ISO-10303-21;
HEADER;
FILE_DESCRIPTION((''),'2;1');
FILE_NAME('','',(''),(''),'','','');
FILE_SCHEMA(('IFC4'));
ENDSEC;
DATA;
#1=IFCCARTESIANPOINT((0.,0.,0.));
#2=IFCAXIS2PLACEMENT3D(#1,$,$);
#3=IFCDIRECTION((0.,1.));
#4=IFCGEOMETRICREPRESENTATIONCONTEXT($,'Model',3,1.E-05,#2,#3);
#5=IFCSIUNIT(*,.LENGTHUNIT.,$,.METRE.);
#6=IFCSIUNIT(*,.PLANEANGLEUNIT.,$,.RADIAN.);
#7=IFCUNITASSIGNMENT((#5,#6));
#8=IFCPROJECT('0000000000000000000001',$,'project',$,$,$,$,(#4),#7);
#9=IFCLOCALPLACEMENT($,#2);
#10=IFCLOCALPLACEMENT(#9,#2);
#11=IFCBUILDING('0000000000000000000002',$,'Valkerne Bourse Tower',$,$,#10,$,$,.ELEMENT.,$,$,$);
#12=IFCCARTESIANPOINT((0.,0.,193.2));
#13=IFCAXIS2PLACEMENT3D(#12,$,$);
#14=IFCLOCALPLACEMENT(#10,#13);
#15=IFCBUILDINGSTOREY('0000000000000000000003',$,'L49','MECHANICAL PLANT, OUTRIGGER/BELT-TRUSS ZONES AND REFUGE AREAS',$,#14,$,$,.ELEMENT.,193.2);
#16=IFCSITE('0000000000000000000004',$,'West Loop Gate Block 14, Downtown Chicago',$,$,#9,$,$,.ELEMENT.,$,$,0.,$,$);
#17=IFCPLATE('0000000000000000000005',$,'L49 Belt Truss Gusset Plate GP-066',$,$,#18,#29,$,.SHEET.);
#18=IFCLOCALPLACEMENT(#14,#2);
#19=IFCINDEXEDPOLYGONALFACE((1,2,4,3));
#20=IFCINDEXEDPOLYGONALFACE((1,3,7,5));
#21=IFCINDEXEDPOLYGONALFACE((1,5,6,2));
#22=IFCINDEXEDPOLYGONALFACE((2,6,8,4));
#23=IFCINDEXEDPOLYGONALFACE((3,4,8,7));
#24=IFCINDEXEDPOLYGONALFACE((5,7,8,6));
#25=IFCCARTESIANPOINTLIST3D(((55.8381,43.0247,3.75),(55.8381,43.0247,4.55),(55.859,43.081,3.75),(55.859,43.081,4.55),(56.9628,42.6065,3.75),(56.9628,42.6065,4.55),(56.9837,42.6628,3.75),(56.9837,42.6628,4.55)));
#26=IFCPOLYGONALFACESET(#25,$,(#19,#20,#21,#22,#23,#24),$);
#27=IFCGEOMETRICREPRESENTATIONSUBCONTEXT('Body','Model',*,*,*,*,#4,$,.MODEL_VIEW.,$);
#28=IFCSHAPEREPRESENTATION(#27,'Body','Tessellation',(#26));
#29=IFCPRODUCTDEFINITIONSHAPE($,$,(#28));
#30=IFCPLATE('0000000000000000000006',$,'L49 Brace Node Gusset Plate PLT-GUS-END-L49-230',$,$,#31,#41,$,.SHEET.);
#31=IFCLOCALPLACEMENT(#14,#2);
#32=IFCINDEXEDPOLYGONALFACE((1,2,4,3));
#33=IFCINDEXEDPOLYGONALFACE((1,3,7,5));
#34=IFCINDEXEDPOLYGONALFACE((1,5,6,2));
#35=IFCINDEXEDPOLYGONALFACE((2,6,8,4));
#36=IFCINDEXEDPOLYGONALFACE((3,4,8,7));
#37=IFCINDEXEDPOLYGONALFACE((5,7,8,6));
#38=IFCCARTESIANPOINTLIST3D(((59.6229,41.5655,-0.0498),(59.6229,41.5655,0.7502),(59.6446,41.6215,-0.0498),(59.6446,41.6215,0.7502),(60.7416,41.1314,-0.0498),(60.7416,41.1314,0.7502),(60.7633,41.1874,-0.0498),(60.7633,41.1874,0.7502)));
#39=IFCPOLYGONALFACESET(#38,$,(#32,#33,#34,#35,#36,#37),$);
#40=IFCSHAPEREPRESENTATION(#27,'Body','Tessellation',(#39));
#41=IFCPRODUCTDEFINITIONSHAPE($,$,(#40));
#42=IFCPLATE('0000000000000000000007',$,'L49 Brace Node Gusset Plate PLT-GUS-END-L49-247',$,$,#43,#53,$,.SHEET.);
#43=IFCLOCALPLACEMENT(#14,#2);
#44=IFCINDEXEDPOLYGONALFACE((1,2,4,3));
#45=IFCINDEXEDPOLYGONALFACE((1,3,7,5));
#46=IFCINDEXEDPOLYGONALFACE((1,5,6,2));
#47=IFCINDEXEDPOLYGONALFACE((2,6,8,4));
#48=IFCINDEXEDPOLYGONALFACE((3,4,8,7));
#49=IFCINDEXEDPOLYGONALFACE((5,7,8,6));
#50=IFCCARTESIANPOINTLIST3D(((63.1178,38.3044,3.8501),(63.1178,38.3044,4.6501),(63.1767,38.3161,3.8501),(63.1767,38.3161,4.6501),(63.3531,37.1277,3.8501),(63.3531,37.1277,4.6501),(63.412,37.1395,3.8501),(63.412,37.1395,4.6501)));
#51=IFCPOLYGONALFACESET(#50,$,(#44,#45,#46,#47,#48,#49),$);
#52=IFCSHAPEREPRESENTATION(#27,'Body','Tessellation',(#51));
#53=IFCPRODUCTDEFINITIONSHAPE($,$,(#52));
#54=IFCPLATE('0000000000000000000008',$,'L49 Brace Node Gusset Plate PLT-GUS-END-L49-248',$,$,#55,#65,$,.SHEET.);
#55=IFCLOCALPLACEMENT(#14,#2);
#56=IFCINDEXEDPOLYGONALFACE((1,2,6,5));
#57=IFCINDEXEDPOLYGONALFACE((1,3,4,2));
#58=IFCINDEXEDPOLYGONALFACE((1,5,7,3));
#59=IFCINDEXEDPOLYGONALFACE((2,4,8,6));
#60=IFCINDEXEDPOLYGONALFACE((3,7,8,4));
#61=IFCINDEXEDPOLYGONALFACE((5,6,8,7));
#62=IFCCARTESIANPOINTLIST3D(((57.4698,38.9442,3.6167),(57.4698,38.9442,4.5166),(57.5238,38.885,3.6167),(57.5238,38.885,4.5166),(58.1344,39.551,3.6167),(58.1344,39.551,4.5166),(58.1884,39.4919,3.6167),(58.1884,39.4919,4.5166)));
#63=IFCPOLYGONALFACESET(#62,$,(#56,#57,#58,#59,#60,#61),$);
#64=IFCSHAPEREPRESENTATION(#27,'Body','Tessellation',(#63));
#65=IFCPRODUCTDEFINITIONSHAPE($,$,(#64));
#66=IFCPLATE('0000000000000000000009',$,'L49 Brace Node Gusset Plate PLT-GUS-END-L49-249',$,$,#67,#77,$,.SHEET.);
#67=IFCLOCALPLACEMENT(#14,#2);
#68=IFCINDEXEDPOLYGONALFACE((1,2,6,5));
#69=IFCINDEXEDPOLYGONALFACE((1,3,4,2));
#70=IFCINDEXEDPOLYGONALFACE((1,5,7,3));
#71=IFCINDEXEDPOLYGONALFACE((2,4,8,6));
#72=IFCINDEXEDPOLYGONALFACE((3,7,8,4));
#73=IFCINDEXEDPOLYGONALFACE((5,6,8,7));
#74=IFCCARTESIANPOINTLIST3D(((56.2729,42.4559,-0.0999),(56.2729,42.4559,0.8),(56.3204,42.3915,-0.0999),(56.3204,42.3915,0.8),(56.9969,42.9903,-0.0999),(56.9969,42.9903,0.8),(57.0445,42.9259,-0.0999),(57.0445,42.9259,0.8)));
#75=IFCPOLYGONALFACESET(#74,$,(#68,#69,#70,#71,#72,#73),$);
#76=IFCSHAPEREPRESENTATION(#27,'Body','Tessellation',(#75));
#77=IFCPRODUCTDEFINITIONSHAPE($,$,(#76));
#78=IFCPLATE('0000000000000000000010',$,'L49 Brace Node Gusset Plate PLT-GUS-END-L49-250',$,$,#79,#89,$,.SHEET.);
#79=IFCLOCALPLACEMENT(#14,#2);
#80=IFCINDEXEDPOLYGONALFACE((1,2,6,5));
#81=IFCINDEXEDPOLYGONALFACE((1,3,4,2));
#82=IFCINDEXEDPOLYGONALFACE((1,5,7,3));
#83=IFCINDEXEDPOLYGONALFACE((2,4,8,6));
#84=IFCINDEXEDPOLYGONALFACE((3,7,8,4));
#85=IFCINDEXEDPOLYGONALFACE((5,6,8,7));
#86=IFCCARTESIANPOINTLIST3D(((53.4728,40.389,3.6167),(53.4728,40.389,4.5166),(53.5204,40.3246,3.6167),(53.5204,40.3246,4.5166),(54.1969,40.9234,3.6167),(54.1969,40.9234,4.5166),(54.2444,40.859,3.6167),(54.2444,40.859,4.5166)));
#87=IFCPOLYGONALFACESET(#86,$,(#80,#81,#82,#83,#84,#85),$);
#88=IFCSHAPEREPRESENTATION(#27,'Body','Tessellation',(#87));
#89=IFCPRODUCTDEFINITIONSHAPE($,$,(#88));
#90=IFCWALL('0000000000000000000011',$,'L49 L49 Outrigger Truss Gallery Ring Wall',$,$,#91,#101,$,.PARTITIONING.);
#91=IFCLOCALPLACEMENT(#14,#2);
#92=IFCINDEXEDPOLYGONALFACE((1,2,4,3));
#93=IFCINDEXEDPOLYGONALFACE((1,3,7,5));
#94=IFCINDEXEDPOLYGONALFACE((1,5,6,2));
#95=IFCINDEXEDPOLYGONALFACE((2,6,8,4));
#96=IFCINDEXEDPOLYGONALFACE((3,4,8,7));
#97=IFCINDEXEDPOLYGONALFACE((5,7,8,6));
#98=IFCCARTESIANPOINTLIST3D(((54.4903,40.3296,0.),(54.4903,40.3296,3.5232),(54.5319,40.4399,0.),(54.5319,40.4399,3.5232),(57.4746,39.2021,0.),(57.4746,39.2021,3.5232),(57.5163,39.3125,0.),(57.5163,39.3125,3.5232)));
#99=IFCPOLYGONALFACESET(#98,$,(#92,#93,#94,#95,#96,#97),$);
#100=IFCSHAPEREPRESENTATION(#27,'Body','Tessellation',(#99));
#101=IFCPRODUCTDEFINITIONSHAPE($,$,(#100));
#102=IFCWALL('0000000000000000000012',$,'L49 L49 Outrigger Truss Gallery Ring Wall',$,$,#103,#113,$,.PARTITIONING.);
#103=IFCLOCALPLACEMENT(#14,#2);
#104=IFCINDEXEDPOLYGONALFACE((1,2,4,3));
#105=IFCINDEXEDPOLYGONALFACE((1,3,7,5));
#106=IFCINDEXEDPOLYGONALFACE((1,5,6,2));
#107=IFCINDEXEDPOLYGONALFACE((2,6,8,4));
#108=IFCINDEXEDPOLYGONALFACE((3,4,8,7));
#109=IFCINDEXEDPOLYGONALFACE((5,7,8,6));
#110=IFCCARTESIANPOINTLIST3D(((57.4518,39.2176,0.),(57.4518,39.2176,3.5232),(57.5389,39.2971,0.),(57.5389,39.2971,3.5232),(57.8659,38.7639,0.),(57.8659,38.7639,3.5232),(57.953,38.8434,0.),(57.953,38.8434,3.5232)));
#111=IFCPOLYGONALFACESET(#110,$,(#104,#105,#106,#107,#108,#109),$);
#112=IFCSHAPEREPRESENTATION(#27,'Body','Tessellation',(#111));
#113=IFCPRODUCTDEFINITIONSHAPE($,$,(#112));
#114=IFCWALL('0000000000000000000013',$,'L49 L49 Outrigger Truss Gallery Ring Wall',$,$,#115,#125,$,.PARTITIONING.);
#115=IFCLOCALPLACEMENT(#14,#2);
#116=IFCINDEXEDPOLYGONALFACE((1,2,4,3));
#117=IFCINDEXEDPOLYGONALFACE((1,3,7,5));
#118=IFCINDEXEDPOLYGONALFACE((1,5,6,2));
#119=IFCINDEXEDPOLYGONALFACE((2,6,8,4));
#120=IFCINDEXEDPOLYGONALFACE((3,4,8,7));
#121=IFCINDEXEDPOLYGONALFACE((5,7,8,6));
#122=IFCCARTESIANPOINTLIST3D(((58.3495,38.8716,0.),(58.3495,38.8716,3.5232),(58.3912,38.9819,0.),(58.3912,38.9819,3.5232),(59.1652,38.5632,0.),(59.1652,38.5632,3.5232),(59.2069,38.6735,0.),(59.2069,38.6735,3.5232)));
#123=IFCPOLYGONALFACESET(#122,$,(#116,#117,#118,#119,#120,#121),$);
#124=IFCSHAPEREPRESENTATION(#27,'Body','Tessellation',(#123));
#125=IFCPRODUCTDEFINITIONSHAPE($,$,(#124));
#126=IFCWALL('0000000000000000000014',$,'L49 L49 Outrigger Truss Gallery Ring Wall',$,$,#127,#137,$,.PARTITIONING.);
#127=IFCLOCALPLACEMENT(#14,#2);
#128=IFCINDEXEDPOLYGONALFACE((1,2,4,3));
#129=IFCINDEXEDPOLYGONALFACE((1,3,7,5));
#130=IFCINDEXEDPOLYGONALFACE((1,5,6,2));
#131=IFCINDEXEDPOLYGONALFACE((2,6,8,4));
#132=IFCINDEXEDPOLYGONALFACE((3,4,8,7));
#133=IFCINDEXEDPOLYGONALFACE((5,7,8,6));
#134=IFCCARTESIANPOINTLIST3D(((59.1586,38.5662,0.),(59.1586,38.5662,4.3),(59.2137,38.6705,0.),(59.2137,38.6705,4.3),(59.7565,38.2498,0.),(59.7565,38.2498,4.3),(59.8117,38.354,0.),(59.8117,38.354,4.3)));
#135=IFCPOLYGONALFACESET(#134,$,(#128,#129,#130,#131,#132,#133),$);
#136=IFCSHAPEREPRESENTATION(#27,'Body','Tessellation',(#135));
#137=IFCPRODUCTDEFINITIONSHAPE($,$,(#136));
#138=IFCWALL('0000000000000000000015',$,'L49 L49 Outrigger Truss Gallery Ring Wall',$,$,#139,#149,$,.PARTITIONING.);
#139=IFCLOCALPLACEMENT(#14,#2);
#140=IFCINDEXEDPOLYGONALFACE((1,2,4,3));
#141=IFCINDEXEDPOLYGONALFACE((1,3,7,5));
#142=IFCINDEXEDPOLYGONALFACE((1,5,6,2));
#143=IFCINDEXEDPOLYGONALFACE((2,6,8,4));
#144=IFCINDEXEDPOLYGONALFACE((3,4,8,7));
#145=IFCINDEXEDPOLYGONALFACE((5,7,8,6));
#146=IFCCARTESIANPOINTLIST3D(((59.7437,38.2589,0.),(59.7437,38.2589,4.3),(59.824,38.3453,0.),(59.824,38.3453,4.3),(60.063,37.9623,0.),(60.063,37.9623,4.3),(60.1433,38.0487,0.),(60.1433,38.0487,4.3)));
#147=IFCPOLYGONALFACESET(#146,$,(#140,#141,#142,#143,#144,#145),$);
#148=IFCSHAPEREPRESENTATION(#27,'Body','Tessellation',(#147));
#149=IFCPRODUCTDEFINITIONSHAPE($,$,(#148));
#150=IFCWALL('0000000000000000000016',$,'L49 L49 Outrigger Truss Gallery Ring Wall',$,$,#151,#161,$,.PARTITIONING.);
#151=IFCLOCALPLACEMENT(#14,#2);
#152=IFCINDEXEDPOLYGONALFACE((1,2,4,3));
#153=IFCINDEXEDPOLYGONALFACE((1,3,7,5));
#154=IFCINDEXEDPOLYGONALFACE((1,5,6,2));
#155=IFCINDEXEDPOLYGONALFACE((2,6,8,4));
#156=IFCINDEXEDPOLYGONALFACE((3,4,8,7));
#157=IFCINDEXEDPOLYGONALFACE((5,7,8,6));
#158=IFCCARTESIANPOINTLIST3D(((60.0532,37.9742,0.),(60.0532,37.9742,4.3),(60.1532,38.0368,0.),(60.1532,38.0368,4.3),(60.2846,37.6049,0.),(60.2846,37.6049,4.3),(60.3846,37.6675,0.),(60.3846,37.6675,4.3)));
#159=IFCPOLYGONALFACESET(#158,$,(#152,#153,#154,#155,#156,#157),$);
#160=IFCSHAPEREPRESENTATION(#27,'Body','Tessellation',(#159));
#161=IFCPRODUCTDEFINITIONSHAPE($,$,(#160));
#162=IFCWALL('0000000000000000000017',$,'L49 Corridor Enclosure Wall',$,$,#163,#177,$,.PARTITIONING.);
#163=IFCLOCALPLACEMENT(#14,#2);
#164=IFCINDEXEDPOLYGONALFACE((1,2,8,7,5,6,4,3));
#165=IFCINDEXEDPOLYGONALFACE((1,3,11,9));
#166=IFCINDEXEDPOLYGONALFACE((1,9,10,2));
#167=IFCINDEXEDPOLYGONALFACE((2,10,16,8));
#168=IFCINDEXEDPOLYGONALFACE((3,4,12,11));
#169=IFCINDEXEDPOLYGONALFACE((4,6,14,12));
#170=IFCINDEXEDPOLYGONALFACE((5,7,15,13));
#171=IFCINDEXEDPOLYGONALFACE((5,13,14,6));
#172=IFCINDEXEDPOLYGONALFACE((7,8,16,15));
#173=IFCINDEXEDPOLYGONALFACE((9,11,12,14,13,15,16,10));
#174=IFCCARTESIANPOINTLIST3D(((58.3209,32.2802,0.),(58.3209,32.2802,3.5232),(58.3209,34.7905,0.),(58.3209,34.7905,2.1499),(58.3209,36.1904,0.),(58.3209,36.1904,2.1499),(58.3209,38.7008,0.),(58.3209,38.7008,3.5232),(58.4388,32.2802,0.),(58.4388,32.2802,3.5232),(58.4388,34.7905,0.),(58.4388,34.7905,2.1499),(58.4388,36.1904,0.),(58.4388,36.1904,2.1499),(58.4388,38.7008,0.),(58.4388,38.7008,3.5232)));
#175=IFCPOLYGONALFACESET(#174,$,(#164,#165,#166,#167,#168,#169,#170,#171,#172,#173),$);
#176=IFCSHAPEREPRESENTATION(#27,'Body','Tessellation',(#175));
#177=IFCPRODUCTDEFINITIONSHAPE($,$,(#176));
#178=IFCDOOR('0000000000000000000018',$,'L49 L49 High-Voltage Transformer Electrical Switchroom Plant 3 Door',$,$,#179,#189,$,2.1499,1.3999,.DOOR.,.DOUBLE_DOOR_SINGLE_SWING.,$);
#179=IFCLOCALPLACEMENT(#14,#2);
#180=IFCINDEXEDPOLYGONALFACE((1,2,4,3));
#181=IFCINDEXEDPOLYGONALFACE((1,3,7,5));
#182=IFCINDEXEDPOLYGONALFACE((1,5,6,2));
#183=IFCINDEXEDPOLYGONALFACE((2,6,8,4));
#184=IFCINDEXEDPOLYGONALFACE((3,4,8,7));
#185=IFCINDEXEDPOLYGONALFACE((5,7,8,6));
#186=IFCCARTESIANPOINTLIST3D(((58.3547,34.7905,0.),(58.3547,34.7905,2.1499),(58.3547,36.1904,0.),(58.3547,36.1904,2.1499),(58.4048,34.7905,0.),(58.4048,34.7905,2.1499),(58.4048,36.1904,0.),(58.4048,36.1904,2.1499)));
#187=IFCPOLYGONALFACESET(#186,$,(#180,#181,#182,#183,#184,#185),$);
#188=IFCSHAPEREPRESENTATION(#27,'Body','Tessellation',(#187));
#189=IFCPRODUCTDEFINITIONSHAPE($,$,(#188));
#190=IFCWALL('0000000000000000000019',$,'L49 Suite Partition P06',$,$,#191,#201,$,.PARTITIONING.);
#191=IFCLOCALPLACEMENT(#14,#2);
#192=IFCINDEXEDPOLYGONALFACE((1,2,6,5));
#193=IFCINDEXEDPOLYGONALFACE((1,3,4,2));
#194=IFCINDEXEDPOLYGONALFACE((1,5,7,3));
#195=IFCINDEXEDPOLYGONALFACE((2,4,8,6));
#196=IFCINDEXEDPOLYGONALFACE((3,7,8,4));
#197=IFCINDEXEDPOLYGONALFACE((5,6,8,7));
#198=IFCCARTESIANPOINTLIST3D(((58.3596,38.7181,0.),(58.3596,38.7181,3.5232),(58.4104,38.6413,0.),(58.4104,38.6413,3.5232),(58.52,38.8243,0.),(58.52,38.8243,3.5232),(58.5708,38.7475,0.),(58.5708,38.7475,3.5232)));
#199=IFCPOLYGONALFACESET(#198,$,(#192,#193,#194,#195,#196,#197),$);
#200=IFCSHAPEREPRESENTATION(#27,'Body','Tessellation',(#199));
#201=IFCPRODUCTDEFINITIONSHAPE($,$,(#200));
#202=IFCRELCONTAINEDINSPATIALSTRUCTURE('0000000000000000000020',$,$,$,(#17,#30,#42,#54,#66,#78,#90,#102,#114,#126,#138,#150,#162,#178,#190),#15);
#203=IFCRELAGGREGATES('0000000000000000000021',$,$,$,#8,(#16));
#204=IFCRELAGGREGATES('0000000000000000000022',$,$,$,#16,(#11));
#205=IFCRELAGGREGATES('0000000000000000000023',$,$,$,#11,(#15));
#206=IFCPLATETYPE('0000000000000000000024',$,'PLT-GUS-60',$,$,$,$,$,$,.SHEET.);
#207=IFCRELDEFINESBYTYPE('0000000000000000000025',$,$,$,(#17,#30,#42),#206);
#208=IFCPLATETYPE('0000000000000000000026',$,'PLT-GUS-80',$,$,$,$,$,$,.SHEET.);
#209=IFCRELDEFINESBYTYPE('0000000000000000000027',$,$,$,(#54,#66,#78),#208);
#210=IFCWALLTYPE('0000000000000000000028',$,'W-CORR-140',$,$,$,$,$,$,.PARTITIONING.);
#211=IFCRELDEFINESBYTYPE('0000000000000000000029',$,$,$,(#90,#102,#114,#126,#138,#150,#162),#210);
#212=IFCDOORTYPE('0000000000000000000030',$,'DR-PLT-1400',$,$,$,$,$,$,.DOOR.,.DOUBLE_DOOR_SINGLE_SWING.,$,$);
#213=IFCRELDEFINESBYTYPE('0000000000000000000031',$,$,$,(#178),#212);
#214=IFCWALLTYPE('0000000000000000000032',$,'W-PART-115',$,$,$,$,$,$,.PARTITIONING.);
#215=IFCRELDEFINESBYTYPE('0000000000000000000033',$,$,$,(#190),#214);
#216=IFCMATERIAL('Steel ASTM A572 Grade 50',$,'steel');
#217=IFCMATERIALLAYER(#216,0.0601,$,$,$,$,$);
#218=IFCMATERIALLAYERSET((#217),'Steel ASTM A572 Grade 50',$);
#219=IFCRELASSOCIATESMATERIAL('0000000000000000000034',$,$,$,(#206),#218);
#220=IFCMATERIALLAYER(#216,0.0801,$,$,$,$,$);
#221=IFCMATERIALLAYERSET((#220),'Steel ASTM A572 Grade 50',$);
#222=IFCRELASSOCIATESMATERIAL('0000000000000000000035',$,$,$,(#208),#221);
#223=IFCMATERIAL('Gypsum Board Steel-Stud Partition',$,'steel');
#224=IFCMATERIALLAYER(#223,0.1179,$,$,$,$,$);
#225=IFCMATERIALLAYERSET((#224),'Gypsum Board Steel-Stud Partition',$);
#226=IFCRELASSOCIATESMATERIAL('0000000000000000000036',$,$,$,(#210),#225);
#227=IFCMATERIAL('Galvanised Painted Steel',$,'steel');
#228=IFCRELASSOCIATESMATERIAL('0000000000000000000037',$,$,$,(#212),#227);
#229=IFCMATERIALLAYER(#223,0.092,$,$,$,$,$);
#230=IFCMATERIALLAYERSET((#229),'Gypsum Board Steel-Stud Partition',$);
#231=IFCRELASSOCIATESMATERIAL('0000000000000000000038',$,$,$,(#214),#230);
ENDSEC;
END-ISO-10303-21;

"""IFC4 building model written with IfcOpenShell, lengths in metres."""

from ifc_helpers import new_model, si_unit, direction, frame, frame_2d, origin, origin_2d, place, context, subcontext, project, spatial, rectangle, extrude, material, layer, layer_set, type_object, element, fill, save


model = new_model("IFC4")

# Units and contexts
model_context = context("Model", 3, precision=1e-05, world=origin(), true_north=direction((0.0, 1.0)))
body_context = subcontext(model_context, "Body", "Model", "MODEL_VIEW")
ifc_project = project(units=[si_unit("LENGTHUNIT", "METRE"), si_unit("PLANEANGLEUNIT", "RADIAN")], contexts=[model_context])

# Site, building, storey
site_placement = place(None, origin())
site = spatial("IfcSite", under=ifc_project, at=site_placement, Name="West Loop Gate Block 14, Downtown Chicago", CompositionType="ELEMENT", RefElevation=0.0)
building_placement = place(site_placement, origin())
building = spatial("IfcBuilding", under=site, at=building_placement, Name="Valkerne Bourse Tower", CompositionType="ELEMENT")
storey_placement = place(building_placement, frame((0.0, 0.0, 193.2)))
storey = spatial("IfcBuildingStorey", under=building, at=storey_placement, Name="L49", Description="MECHANICAL PLANT, OUTRIGGER/BELT-TRUSS ZONES AND REFUGE AREAS", CompositionType="ELEMENT", Elevation=193.2)

# Plates
ifc_material_1 = material(Name="Steel ASTM A572 Grade 50", Category="steel")
ifc_layer_1 = layer(ifc_material_1, 0.0601)
ifc_layer_set_1 = layer_set([ifc_layer_1], Name="Steel ASTM A572 Grade 50")
plate_type_1 = type_object("IfcPlateType", Name="PLT-GUS-60", PredefinedType="SHEET", material=ifc_layer_set_1)
for number, where, z_axis, x_axis, name in (
    (1, (56.4109, 42.8438, 3.75), (0.0, 0.0, 1.0), (-0.937282, 0.348572, 0.0), "L49 Belt Truss Gusset Plate GP-066"),
    (2, (60.1931, 41.3765, -0.0498), (0.0, 0.0, 1.0), (-0.932261, 0.361787, 0.0), "L49 Brace Node Gusset Plate PLT-GUS-END-L49-230"),
    (3, (63.2649, 37.7219, 3.8501), (0.0, 0.0, 1.0), (-0.196117, 0.98058, 0.0), "L49 Brace Node Gusset Plate PLT-GUS-END-L49-247"),
):
    element("IfcPlate", number, at=place(storey_placement, frame(where, z_axis=z_axis, x_axis=x_axis)), inside=storey, type_object=plate_type_1, Name=name, PredefinedType="SHEET", context=body_context, shape_type="SweptSolid", body=[
        extrude(rectangle(XDim=1.2, YDim=0.0601, at=origin_2d()), origin(), (0.0, 0.0, 1.0), 0.8),
    ])
ifc_layer_2 = layer(ifc_material_1, 0.0801)
ifc_layer_set_2 = layer_set([ifc_layer_2], Name="Steel ASTM A572 Grade 50")
plate_type_2 = type_object("IfcPlateType", Name="PLT-GUS-80", PredefinedType="SHEET", material=ifc_layer_set_2)
for number, where, z_axis, x_axis, name in (
    (4, (57.8291, 39.218, 3.6167), (0.0, 0.0, 1.0), (-0.738455, -0.674302, 0.0), "L49 Brace Node Gusset Plate PLT-GUS-END-L49-248"),
    (5, (56.6587, 42.6909, -0.0999), (0.0, 0.0, 1.0), (-0.804583, -0.59384, 0.0), "L49 Brace Node Gusset Plate PLT-GUS-END-L49-249"),
    (6, (53.8586, 40.624, 3.6167), (0.0, 0.0, 1.0), (-0.804583, -0.59384, 0.0), "L49 Brace Node Gusset Plate PLT-GUS-END-L49-250"),
):
    element("IfcPlate", number, at=place(storey_placement, frame(where, z_axis=z_axis, x_axis=x_axis)), inside=storey, type_object=plate_type_2, Name=name, PredefinedType="SHEET", context=body_context, shape_type="SweptSolid", body=[
        extrude(rectangle(XDim=0.8999, YDim=0.0801, at=origin_2d()), origin(), (0.0, 0.0, 1.0), 0.8999),
    ])

# Walls
ifc_material_2 = material(Name="Gypsum Board Steel-Stud Partition", Category="steel")
ifc_layer_3 = layer(ifc_material_2, 0.1179)
ifc_layer_set_3 = layer_set([ifc_layer_3], Name="Gypsum Board Steel-Stud Partition")
wall_type_1 = type_object("IfcWallType", Name="W-CORR-140", PredefinedType="PARTITIONING", material=ifc_layer_set_3)
wall_1_placement = place(storey_placement, frame((54.511, 40.3848, 0.0), z_axis=(0.0, 0.0, 1.0), x_axis=(0.935471, -0.353404, 0.0)))
element("IfcWall", 7, at=wall_1_placement, inside=storey, type_object=wall_type_1, Name="L49 L49 Outrigger Truss Gallery Ring Wall", PredefinedType="PARTITIONING", context=body_context, shape_type="SweptSolid", body=[
    extrude(rectangle(XDim=3.1902, YDim=0.1179, at=frame_2d((1.5952, 0.0))), origin(), (0.0, 0.0, 1.0), 3.5232),
])
wall_2_placement = place(storey_placement, frame((57.4954, 39.2573, 0.0), z_axis=(0.0, 0.0, 1.0), x_axis=(0.674175, -0.738572, 0.0)))
element("IfcWall", 8, at=wall_2_placement, inside=storey, type_object=wall_type_1, Name="L49 L49 Outrigger Truss Gallery Ring Wall", PredefinedType="PARTITIONING", context=body_context, shape_type="SweptSolid", body=[
    extrude(rectangle(XDim=0.6143, YDim=0.1179, at=frame_2d((0.3071, 0.0))), origin(), (0.0, 0.0, 1.0), 3.5232),
])
wall_3_placement = place(storey_placement, frame((58.3704, 38.9268, 0.0), z_axis=(0.0, 0.0, 1.0), x_axis=(0.935394, -0.353607, 0.0)))
element("IfcWall", 9, at=wall_3_placement, inside=storey, type_object=wall_type_1, Name="L49 L49 Outrigger Truss Gallery Ring Wall", PredefinedType="PARTITIONING", context=body_context, shape_type="SweptSolid", body=[
    extrude(rectangle(XDim=0.8721, YDim=0.1179, at=frame_2d((0.436, 0.0))), origin(), (0.0, 0.0, 1.0), 3.5232),
])
wall_4_placement = place(storey_placement, frame((59.186, 38.6184, 0.0), z_axis=(0.0, 0.0, 1.0), x_axis=(0.883867, -0.467738, 0.0)))
element("IfcWall", 10, at=wall_4_placement, inside=storey, type_object=wall_type_1, Name="L49 L49 Outrigger Truss Gallery Ring Wall", PredefinedType="PARTITIONING", context=body_context, shape_type="SweptSolid", body=[
    extrude(rectangle(XDim=0.6765, YDim=0.1179, at=frame_2d((0.3384, 0.0))), origin(), (0.0, 0.0, 1.0), 4.3),
])
for number, where, z_axis, x_axis, name in (
    (11, (59.7839, 38.302, 0.0), (0.0, 0.0, 1.0), (0.732674, -0.68058, 0.0), "L49 L49 Outrigger Truss Gallery Ring Wall"),
    (12, (60.1033, 38.0054, 0.0), (0.0, 0.0, 1.0), (0.530955, -0.8474, 0.0), "L49 L49 Outrigger Truss Gallery Ring Wall"),
):
    element("IfcWall", number, at=place(storey_placement, frame(where, z_axis=z_axis, x_axis=x_axis)), inside=storey, type_object=wall_type_1, Name=name, PredefinedType="PARTITIONING", context=body_context, shape_type="SweptSolid", body=[
        extrude(rectangle(XDim=0.4358, YDim=0.1179, at=frame_2d((0.2178, 0.0))), origin(), (0.0, 0.0, 1.0), 4.3),
    ])

# Wall, opening, door
wall_5_placement = place(storey_placement, frame((58.3799, 38.7009, 0.0), z_axis=(0.0, 0.0, 1.0), x_axis=(0.0, -1.0, 0.0)))
wall_5 = element("IfcWall", 13, at=wall_5_placement, inside=storey, type_object=wall_type_1, Name="L49 Corridor Enclosure Wall", PredefinedType="PARTITIONING", context=body_context, shape_type="SweptSolid", body=[
    extrude(rectangle(XDim=6.4207, YDim=0.1179, at=frame_2d((3.2104, 0.0))), origin(), (0.0, 0.0, 1.0), 3.5232),
])
opening_placement = place(wall_5_placement, frame((2.5105, 0.0, 0.0)))
opening = element("IfcOpeningElement", 14, at=opening_placement, cuts=wall_5, PredefinedType="OPENING", context=body_context, shape_type="SweptSolid", body=[
    extrude(rectangle(XDim=1.3999, YDim=2.1499, at=frame_2d((0.7, 1.075))), frame((0.0, 0.0688, 0.0), z_axis=(0.0, -1.0, 0.0), x_axis=(1.0, 0.0, 0.0)), (0.0, 0.0, 1.0), 0.1379),
])
ifc_material_3 = material(Name="Galvanised Painted Steel", Category="steel")
door_type = type_object("IfcDoorType", Name="DR-PLT-1400", OperationType="DOUBLE_DOOR_SINGLE_SWING", PredefinedType="DOOR", material=ifc_material_3)
door_placement = place(opening_placement, origin())
door = element("IfcDoor", 15, at=door_placement, inside=storey, type_object=door_type, Name="L49 L49 High-Voltage Transformer Electrical Switchroom Plant 3 Door", OperationType="DOUBLE_DOOR_SINGLE_SWING", OverallHeight=2.1499, OverallWidth=1.3999, PredefinedType="DOOR", context=body_context, shape_type="SweptSolid", body=[
    extrude(rectangle(XDim=1.3999, YDim=2.1499, at=frame_2d((0.7, 1.075))), frame((0.0, 0.0249, 0.0), z_axis=(0.0, -1.0, 0.0), x_axis=(1.0, 0.0, 0.0)), (0.0, 0.0, 1.0), 0.05),
])
fill(opening, door)

# Wall
ifc_layer_4 = layer(ifc_material_2, 0.092)
ifc_layer_set_4 = layer_set([ifc_layer_4], Name="Gypsum Board Steel-Stud Partition")
wall_type_2 = type_object("IfcWallType", Name="W-PART-115", PredefinedType="PARTITIONING", material=ifc_layer_set_4)
wall_6_placement = place(storey_placement, frame((58.385, 38.6797, 0.0), z_axis=(0.0, 0.0, 1.0), x_axis=(0.833803, 0.552062, 0.0)))
element("IfcWall", 16, at=wall_6_placement, inside=storey, type_object=wall_type_2, Name="L49 Suite Partition P06", PredefinedType="PARTITIONING", context=body_context, shape_type="SweptSolid", body=[
    extrude(rectangle(XDim=0.1924, YDim=0.092, at=frame_2d((0.0962, 0.0))), origin(), (0.0, 0.0, 1.0), 3.5232),
])

save(model, "model.ifc")
